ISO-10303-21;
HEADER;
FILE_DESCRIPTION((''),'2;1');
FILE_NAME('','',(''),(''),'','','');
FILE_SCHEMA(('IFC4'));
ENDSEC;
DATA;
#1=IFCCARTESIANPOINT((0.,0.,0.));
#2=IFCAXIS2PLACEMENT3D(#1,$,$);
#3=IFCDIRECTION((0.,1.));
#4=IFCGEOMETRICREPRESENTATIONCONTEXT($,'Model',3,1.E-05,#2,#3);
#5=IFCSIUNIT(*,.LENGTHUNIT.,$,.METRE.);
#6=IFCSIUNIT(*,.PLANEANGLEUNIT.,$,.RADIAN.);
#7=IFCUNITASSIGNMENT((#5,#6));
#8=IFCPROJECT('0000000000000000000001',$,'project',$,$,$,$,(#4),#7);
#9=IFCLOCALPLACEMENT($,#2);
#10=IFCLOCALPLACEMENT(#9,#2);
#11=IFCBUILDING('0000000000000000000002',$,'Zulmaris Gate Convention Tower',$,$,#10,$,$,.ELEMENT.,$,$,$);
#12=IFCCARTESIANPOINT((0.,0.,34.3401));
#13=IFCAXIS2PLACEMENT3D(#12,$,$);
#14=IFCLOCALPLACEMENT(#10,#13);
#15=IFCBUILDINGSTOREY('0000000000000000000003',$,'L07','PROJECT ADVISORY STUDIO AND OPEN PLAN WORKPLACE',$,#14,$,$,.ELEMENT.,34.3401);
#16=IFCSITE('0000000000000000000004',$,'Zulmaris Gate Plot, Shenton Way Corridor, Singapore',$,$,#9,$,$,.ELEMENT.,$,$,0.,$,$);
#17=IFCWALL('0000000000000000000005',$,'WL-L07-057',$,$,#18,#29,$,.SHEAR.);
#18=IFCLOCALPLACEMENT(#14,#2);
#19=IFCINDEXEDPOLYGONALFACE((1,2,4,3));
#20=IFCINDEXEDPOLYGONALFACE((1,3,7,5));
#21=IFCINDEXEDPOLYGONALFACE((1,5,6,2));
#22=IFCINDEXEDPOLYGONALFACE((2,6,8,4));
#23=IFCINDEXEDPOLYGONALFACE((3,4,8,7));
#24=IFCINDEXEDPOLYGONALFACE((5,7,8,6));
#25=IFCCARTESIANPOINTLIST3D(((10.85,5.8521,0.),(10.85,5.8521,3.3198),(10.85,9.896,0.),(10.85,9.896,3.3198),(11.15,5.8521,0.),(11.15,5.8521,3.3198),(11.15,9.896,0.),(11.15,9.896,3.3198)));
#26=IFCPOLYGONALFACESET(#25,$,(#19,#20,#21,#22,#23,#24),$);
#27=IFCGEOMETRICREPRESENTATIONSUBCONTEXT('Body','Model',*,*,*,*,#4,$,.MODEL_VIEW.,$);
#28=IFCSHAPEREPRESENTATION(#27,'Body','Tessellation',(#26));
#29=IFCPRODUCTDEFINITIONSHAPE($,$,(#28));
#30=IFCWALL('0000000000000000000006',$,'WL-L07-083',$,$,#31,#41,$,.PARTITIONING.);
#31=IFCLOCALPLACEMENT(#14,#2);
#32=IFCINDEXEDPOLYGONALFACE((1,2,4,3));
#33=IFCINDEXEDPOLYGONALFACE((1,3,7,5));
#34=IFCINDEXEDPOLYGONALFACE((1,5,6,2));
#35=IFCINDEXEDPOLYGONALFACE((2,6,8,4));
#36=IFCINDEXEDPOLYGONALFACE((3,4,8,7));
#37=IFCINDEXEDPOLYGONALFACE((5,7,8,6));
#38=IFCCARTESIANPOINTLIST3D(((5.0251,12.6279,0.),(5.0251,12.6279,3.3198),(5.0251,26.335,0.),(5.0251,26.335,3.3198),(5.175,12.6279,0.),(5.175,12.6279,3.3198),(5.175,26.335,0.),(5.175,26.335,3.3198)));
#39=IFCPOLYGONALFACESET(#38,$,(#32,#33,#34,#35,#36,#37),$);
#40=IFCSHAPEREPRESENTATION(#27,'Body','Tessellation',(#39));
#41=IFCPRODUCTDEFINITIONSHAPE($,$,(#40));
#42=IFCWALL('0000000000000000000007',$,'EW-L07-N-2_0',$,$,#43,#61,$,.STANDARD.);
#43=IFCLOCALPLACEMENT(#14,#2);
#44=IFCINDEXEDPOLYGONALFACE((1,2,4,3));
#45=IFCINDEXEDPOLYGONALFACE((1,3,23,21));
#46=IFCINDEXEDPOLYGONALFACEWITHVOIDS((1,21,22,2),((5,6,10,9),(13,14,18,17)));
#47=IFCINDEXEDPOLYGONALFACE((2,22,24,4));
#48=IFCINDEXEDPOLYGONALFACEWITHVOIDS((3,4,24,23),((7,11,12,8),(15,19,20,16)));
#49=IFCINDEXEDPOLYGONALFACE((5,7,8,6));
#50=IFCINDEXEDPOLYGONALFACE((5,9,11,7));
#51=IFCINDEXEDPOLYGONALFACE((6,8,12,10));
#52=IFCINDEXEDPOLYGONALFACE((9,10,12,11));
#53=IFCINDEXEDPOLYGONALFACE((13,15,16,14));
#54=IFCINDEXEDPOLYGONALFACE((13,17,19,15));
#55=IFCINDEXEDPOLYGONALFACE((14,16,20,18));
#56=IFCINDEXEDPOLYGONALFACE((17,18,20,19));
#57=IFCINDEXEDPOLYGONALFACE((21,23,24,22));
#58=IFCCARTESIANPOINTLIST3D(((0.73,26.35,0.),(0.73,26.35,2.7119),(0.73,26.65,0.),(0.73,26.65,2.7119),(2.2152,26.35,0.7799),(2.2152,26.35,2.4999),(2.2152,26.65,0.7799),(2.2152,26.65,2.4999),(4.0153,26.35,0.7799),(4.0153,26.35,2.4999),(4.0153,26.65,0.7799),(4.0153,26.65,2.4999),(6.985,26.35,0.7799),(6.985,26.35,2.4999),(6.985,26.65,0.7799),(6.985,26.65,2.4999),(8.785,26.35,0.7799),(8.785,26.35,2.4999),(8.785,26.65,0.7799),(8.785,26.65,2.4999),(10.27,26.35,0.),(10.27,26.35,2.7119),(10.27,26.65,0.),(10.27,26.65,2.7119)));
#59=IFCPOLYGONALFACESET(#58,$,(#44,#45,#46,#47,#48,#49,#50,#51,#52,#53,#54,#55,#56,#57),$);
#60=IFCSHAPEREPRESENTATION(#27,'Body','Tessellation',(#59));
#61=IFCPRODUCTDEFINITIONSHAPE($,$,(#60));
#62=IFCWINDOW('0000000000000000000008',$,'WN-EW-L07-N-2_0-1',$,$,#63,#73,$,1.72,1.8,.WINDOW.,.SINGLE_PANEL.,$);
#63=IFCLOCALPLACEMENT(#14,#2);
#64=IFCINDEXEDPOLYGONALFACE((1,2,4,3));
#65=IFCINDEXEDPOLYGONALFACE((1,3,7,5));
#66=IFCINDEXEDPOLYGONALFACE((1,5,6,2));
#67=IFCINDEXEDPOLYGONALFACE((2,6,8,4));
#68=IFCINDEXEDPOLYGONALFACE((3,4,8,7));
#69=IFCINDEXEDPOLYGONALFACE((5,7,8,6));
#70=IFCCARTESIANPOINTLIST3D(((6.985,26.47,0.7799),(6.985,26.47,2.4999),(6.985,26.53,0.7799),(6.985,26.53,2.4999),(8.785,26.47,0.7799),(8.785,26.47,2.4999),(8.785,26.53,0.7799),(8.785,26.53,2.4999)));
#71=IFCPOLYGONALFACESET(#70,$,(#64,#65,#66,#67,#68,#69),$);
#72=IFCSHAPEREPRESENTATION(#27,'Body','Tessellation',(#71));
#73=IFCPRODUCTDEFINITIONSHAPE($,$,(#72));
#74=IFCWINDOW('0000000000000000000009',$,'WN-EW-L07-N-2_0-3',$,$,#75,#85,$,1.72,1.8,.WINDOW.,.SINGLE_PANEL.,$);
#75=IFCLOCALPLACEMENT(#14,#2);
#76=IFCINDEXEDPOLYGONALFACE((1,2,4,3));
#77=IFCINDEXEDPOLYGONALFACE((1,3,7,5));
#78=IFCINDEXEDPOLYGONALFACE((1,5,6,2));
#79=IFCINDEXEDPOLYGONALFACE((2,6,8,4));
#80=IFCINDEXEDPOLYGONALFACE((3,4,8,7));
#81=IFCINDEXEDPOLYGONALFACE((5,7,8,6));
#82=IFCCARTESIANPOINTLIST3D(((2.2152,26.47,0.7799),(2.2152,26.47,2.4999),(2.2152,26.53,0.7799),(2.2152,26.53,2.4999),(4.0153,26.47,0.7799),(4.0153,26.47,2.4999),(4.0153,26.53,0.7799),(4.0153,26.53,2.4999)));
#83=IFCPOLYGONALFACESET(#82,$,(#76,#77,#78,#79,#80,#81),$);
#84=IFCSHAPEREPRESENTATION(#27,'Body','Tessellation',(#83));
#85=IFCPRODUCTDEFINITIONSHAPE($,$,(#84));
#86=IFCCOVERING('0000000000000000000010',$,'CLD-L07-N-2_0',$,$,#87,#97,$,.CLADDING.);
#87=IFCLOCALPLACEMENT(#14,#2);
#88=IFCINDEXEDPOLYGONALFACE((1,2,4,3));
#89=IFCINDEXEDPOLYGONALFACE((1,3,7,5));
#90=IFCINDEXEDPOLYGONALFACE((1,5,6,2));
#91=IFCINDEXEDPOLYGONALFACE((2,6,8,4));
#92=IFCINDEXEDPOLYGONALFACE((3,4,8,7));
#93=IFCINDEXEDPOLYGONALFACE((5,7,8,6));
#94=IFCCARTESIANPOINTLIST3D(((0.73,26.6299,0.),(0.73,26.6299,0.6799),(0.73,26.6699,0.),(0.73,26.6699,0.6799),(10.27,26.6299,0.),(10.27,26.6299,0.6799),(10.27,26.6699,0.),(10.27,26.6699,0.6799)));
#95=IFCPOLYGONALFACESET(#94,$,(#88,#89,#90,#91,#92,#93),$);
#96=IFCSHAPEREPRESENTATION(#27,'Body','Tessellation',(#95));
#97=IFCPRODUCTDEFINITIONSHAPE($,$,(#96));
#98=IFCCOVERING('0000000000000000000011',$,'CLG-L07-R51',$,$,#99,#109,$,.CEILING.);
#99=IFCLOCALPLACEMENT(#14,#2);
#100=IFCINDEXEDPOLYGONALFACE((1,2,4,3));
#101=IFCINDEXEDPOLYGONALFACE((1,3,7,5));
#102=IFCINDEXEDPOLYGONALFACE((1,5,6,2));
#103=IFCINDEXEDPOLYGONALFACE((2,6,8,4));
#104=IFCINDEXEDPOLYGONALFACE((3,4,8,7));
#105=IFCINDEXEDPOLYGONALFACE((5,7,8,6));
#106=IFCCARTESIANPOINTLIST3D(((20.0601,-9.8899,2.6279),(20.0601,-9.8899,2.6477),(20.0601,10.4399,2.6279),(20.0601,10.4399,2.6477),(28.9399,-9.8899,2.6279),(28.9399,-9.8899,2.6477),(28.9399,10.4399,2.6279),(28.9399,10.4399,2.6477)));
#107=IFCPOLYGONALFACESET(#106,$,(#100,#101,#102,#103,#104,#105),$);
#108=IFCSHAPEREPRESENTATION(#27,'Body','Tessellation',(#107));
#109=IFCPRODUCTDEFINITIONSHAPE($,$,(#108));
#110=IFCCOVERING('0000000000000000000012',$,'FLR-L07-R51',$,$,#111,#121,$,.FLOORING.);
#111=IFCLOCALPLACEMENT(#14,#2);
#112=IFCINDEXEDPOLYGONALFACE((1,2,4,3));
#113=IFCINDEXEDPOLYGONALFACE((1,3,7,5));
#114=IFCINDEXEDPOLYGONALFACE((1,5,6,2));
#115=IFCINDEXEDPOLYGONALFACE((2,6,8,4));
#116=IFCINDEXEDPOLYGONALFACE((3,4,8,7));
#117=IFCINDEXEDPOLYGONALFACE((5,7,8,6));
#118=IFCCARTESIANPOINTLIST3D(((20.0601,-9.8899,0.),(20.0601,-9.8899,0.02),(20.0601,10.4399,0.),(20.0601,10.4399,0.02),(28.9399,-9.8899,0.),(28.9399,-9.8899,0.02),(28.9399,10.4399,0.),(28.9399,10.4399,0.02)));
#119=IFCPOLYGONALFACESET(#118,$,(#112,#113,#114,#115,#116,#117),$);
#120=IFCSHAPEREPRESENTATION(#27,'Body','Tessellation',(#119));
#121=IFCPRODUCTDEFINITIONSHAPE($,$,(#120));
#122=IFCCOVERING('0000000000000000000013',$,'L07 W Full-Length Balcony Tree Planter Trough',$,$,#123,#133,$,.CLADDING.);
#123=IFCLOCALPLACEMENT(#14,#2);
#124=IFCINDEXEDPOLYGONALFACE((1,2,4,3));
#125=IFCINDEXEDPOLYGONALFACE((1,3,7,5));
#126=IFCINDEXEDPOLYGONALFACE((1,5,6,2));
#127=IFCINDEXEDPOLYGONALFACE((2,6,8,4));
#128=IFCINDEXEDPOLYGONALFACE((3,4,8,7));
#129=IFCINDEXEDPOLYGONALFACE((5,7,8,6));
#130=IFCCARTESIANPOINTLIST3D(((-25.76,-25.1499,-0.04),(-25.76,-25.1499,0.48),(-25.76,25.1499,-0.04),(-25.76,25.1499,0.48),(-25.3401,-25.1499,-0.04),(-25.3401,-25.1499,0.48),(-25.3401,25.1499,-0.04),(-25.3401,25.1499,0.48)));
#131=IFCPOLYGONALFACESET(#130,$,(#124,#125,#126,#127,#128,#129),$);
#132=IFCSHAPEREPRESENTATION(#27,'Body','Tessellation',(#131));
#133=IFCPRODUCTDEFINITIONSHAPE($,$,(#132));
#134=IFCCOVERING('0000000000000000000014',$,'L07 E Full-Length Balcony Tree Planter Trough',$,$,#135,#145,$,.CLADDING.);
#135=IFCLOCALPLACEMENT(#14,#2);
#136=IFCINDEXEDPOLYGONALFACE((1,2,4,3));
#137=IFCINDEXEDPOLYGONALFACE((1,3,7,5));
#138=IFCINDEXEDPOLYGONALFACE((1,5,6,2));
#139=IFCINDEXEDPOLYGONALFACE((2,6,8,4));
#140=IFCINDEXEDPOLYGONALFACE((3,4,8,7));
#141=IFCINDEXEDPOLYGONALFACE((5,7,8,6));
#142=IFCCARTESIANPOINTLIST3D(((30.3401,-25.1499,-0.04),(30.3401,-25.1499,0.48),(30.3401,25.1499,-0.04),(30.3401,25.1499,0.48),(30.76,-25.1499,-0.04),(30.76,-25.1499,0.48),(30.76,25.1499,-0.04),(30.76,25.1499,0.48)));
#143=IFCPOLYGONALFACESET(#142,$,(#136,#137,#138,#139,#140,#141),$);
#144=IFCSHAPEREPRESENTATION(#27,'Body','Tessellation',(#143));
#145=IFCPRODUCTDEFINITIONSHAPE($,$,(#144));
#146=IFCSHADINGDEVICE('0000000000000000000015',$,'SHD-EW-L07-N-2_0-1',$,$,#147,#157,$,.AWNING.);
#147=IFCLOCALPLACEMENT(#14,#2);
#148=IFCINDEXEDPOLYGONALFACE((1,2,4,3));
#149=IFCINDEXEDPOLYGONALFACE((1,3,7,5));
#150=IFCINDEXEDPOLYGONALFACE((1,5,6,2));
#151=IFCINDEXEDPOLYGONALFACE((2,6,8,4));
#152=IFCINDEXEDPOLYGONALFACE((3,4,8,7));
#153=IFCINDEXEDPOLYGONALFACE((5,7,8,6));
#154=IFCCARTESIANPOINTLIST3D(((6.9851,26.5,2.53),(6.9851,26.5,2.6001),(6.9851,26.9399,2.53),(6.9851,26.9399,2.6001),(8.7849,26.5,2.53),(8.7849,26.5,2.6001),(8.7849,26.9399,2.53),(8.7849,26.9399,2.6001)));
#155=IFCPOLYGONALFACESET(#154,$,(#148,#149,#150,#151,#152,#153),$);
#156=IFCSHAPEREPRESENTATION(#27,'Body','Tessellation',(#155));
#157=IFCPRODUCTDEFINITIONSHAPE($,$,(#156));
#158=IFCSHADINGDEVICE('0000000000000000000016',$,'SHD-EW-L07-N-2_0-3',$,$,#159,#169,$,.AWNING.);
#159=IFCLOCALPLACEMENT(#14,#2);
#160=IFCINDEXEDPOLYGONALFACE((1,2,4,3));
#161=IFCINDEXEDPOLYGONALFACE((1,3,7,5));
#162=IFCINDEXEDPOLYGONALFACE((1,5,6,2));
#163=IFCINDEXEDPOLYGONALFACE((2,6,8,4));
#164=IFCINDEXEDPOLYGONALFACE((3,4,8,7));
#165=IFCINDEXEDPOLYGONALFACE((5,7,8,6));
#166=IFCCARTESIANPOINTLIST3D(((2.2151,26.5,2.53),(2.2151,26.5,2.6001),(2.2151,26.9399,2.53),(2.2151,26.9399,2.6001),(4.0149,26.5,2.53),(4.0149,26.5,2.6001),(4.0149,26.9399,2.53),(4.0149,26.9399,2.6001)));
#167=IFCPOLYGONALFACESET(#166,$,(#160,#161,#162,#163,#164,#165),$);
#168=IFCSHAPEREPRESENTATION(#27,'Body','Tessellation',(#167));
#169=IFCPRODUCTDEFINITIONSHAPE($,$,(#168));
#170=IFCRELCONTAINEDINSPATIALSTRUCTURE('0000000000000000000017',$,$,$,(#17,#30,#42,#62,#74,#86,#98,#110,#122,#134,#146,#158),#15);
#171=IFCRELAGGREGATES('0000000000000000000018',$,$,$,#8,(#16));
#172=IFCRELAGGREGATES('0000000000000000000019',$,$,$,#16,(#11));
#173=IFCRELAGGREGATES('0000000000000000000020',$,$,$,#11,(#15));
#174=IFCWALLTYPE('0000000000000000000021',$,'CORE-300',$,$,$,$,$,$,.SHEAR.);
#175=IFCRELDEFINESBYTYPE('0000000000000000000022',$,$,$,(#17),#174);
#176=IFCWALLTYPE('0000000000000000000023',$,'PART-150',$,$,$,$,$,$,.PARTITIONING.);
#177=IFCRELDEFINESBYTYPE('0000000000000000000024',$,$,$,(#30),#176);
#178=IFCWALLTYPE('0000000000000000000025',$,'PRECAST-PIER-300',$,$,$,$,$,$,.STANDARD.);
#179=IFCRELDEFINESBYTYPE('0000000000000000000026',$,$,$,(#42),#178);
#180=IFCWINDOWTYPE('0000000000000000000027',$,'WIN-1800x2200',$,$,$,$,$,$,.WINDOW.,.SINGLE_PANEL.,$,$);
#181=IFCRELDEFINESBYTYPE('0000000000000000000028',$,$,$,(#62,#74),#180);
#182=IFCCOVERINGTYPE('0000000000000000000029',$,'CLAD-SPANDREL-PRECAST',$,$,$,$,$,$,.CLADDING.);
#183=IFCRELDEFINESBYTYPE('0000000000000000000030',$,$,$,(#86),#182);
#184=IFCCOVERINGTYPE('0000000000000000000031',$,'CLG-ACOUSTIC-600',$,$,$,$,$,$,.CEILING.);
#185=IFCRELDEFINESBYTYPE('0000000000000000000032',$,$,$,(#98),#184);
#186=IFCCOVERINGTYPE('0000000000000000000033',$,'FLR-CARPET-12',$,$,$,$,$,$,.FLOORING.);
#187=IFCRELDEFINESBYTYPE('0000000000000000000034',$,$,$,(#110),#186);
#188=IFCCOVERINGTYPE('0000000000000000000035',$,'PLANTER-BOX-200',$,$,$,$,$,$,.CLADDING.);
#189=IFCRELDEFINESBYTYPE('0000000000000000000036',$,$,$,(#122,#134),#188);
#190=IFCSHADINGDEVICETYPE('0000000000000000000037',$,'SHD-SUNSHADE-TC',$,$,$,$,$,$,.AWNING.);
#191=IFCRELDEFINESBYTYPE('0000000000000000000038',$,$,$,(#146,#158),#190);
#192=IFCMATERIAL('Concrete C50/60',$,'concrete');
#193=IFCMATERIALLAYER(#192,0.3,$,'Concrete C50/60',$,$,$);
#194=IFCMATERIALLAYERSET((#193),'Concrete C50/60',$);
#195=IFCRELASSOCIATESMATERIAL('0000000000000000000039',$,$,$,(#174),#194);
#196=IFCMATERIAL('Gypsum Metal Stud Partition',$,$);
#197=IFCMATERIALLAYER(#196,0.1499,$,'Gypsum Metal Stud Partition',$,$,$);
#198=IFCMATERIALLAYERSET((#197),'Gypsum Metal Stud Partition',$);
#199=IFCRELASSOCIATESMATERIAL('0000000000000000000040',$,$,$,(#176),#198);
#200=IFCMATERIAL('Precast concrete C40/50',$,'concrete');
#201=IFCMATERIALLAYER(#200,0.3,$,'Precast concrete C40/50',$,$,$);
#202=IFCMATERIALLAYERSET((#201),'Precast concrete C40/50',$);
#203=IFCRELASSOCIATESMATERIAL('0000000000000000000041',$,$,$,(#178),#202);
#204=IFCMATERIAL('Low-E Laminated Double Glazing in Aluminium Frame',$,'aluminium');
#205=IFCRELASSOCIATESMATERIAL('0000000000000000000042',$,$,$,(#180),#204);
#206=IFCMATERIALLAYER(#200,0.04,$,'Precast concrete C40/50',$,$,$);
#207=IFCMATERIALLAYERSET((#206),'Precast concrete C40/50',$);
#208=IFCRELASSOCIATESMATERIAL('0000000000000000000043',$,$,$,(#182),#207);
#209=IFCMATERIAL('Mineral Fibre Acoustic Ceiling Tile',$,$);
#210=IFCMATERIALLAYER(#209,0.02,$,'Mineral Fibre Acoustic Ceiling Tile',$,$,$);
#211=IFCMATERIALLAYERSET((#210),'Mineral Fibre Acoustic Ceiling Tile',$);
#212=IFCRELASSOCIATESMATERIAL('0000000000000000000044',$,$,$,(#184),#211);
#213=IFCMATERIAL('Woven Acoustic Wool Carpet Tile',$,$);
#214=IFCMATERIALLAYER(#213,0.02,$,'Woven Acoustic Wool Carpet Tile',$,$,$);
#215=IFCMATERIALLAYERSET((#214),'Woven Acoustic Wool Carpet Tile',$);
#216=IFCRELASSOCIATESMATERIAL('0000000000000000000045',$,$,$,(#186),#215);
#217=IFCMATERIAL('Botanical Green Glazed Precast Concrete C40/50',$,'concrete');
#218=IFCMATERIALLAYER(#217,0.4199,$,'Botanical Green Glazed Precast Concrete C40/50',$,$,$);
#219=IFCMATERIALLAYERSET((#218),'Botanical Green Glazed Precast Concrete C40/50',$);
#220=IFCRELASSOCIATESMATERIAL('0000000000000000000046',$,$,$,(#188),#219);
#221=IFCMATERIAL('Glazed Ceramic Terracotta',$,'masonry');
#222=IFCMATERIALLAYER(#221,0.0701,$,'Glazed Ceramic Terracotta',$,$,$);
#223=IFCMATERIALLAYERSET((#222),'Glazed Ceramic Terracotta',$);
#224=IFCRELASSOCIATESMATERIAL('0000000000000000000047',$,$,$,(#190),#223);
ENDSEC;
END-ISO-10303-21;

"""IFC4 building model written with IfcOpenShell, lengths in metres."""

from ifc_helpers import new_model, si_unit, direction, frame, frame_2d, origin, place, context, subcontext, project, spatial, polyline, rectangle, outline, extrude, material, layer, layer_set, type_object, element, fill, save


model = new_model("IFC4")

# Units and contexts
model_context = context("Model", 3, precision=1e-05, world=origin(), true_north=direction((0.0, 1.0)))
body_context = subcontext(model_context, "Body", "Model", "MODEL_VIEW")
ifc_project = project(units=[si_unit("LENGTHUNIT", "METRE"), si_unit("PLANEANGLEUNIT", "RADIAN")], contexts=[model_context])

# Site, building, storey
site_placement = place(None, origin())
site = spatial("IfcSite", under=ifc_project, at=site_placement, Name="Zulmaris Gate Plot, Shenton Way Corridor, Singapore", CompositionType="ELEMENT", RefElevation=0.0)
building_placement = place(site_placement, origin())
building = spatial("IfcBuilding", under=site, at=building_placement, Name="Zulmaris Gate Convention Tower", CompositionType="ELEMENT")
storey_placement = place(building_placement, frame((0.0, 0.0, 34.3401)))
storey = spatial("IfcBuildingStorey", under=building, at=storey_placement, Name="L07", Description="PROJECT ADVISORY STUDIO AND OPEN PLAN WORKPLACE", CompositionType="ELEMENT", Elevation=34.3401)

# Shared definitions
ifc_material_1 = material(Name="Concrete C50/60", Category="concrete")
ifc_layer_1 = layer(ifc_material_1, 0.3, Name="Concrete C50/60")
ifc_layer_set_1 = layer_set([ifc_layer_1], Name="Concrete C50/60")
wall_type_1 = type_object("IfcWallType", Name="CORE-300", PredefinedType="SHEAR", material=ifc_layer_set_1)

# Walls
wall_1_placement = place(storey_placement, frame((11.0, 5.8521, 0.0), z_axis=(0.0, 0.0, 1.0), x_axis=(0.0, 1.0, 0.0)))
element("IfcWall", 1, at=wall_1_placement, inside=storey, type_object=wall_type_1, Name="WL-L07-057", PredefinedType="SHEAR", context=body_context, shape_type="SweptSolid", body=[
    extrude(rectangle(XDim=4.0439, YDim=0.3, at=frame_2d((2.022, 0.0))), origin(), (0.0, 0.0, 1.0), 3.3198),
])
ifc_material_2 = material(Name="Gypsum Metal Stud Partition")
ifc_layer_2 = layer(ifc_material_2, 0.1499, Name="Gypsum Metal Stud Partition")
ifc_layer_set_2 = layer_set([ifc_layer_2], Name="Gypsum Metal Stud Partition")
wall_type_2 = type_object("IfcWallType", Name="PART-150", PredefinedType="PARTITIONING", material=ifc_layer_set_2)
wall_2_placement = place(storey_placement, frame((5.1001, 12.6279, 0.0), z_axis=(0.0, 0.0, 1.0), x_axis=(0.0, 1.0, 0.0)))
element("IfcWall", 2, at=wall_2_placement, inside=storey, type_object=wall_type_2, Name="WL-L07-083", PredefinedType="PARTITIONING", context=body_context, shape_type="SweptSolid", body=[
    extrude(rectangle(XDim=13.707, YDim=0.1499, at=frame_2d((6.8535, 0.0))), origin(), (0.0, 0.0, 1.0), 3.3198),
])

# Wall, openings, windows
ifc_material_3 = material(Name="Precast concrete C40/50", Category="concrete")
ifc_layer_3 = layer(ifc_material_3, 0.3, Name="Precast concrete C40/50")
ifc_layer_set_3 = layer_set([ifc_layer_3], Name="Precast concrete C40/50")
wall_type_3 = type_object("IfcWallType", Name="PRECAST-PIER-300", PredefinedType="STANDARD", material=ifc_layer_set_3)
wall_3_placement = place(storey_placement, frame((10.27, 26.5, 0.0), z_axis=(0.0, 0.0, 1.0), x_axis=(-1.0, 0.0, 0.0)))
wall_3 = element("IfcWall", 3, at=wall_3_placement, inside=storey, type_object=wall_type_3, Name="EW-L07-N-2_0", PredefinedType="STANDARD", context=body_context, shape_type="SweptSolid", body=[
    extrude(rectangle(XDim=9.54, YDim=0.3, at=frame_2d((4.77, 0.0))), origin(), (0.0, 0.0, 1.0), 2.7119),
])
opening_1_placement = place(wall_3_placement, frame((1.4851, 0.0, 0.78)))
opening_1 = element("IfcOpeningElement", 4, at=opening_1_placement, cuts=wall_3, PredefinedType="OPENING", context=body_context, shape_type="SweptSolid", body=[
    extrude(rectangle(XDim=1.8, YDim=1.72, at=frame_2d((0.8999, 0.8599))), frame((0.0, 0.1602, 0.0), z_axis=(0.0, -1.0, 0.0), x_axis=(1.0, 0.0, 0.0)), (0.0, 0.0, 1.0), 0.3201),
])
opening_2_placement = place(wall_3_placement, frame((6.2549, 0.0, 0.78)))
opening_2 = element("IfcOpeningElement", 5, at=opening_2_placement, cuts=wall_3, PredefinedType="OPENING", context=body_context, shape_type="SweptSolid", body=[
    extrude(rectangle(XDim=1.8, YDim=1.72, at=frame_2d((0.8999, 0.8599))), frame((0.0, 0.1602, 0.0), z_axis=(0.0, -1.0, 0.0), x_axis=(1.0, 0.0, 0.0)), (0.0, 0.0, 1.0), 0.3201),
])
ifc_material_4 = material(Name="Low-E Laminated Double Glazing in Aluminium Frame", Category="aluminium")
window_type = type_object("IfcWindowType", Name="WIN-1800x2200", PartitioningType="SINGLE_PANEL", PredefinedType="WINDOW", material=ifc_material_4)
window_1_placement = place(opening_1_placement, origin())
window_1 = element("IfcWindow", 6, at=window_1_placement, inside=storey, type_object=window_type, Name="WN-EW-L07-N-2_0-1", OverallHeight=1.72, OverallWidth=1.8, PartitioningType="SINGLE_PANEL", PredefinedType="WINDOW", context=body_context, shape_type="SweptSolid", body=[
    extrude(rectangle(XDim=1.8, YDim=1.72, at=frame_2d((0.8999, 0.8599))), frame((0.0, 0.03, 0.0), z_axis=(0.0, -1.0, 0.0), x_axis=(1.0, 0.0, 0.0)), (0.0, 0.0, 1.0), 0.0601),
])
fill(opening_1, window_1)
window_2_placement = place(opening_2_placement, origin())
window_2 = element("IfcWindow", 7, at=window_2_placement, inside=storey, type_object=window_type, Name="WN-EW-L07-N-2_0-3", OverallHeight=1.72, OverallWidth=1.8, PartitioningType="SINGLE_PANEL", PredefinedType="WINDOW", context=body_context, shape_type="SweptSolid", body=[
    extrude(rectangle(XDim=1.8, YDim=1.72, at=frame_2d((0.8999, 0.8599))), frame((0.0, 0.03, 0.0), z_axis=(0.0, -1.0, 0.0), x_axis=(1.0, 0.0, 0.0)), (0.0, 0.0, 1.0), 0.0601),
])
fill(opening_2, window_2)

# Coverings
ifc_layer_4 = layer(ifc_material_3, 0.04, Name="Precast concrete C40/50")
ifc_layer_set_4 = layer_set([ifc_layer_4], Name="Precast concrete C40/50")
covering_type_1 = type_object("IfcCoveringType", Name="CLAD-SPANDREL-PRECAST", PredefinedType="CLADDING", material=ifc_layer_set_4)
covering_1_placement = place(storey_placement, frame((10.27, 26.6499, 0.0), z_axis=(0.0, 0.0, 1.0), x_axis=(-1.0, 0.0, 0.0)))
element("IfcCovering", 8, at=covering_1_placement, inside=storey, type_object=covering_type_1, Name="CLD-L07-N-2_0", PredefinedType="CLADDING", context=body_context, shape_type="SweptSolid", body=[
    extrude(rectangle(XDim=9.54, YDim=0.04, at=frame_2d((4.77, 0.0))), origin(), (0.0, 0.0, 1.0), 0.6799),
])
ifc_material_5 = material(Name="Mineral Fibre Acoustic Ceiling Tile")
ifc_layer_5 = layer(ifc_material_5, 0.02, Name="Mineral Fibre Acoustic Ceiling Tile")
ifc_layer_set_5 = layer_set([ifc_layer_5], Name="Mineral Fibre Acoustic Ceiling Tile")
covering_type_2 = type_object("IfcCoveringType", Name="CLG-ACOUSTIC-600", PredefinedType="CEILING", material=ifc_layer_set_5)
covering_2_placement = place(storey_placement, frame((0.0, 0.0, 2.6279)))
element("IfcCovering", 9, at=covering_2_placement, inside=storey, type_object=covering_type_2, Name="CLG-L07-R51", PredefinedType="CEILING", context=body_context, shape_type="SweptSolid", body=[
    extrude(outline(polyline([(20.0601, -9.8899), (28.9399, -9.8899), (28.9399, 10.4399), (20.0601, 10.4399), (20.0601, -9.8899)])), origin(), (0.0, 0.0, 1.0), 0.0198),
])
ifc_material_6 = material(Name="Woven Acoustic Wool Carpet Tile")
ifc_layer_6 = layer(ifc_material_6, 0.02, Name="Woven Acoustic Wool Carpet Tile")
ifc_layer_set_6 = layer_set([ifc_layer_6], Name="Woven Acoustic Wool Carpet Tile")
covering_type_3 = type_object("IfcCoveringType", Name="FLR-CARPET-12", PredefinedType="FLOORING", material=ifc_layer_set_6)
covering_3_placement = place(storey_placement, origin())
element("IfcCovering", 10, at=covering_3_placement, inside=storey, type_object=covering_type_3, Name="FLR-L07-R51", PredefinedType="FLOORING", context=body_context, shape_type="SweptSolid", body=[
    extrude(outline(polyline([(20.0601, -9.8899), (28.9399, -9.8899), (28.9399, 10.4399), (20.0601, 10.4399), (20.0601, -9.8899)])), origin(), (0.0, 0.0, 1.0), 0.02),
])
ifc_material_7 = material(Name="Botanical Green Glazed Precast Concrete C40/50", Category="concrete")
ifc_layer_7 = layer(ifc_material_7, 0.4199, Name="Botanical Green Glazed Precast Concrete C40/50")
ifc_layer_set_7 = layer_set([ifc_layer_7], Name="Botanical Green Glazed Precast Concrete C40/50")
covering_type_4 = type_object("IfcCoveringType", Name="PLANTER-BOX-200", PredefinedType="CLADDING", material=ifc_layer_set_7)
covering_4_placement = place(storey_placement, frame((0.0, 0.0, -0.04)))
element("IfcCovering", 11, at=covering_4_placement, inside=storey, type_object=covering_type_4, Name="L07 W Full-Length Balcony Tree Planter Trough", PredefinedType="CLADDING", context=body_context, shape_type="SweptSolid", body=[
    extrude(outline(polyline([(-25.76, -25.1499), (-25.3401, -25.1499), (-25.3401, 25.1499), (-25.76, 25.1499), (-25.76, -25.1499)])), origin(), (0.0, 0.0, 1.0), 0.52),
])
covering_5_placement = place(storey_placement, frame((0.0, 0.0, -0.04)))
element("IfcCovering", 12, at=covering_5_placement, inside=storey, type_object=covering_type_4, Name="L07 E Full-Length Balcony Tree Planter Trough", PredefinedType="CLADDING", context=body_context, shape_type="SweptSolid", body=[
    extrude(outline(polyline([(30.3401, -25.1499), (30.76, -25.1499), (30.76, 25.1499), (30.3401, 25.1499), (30.3401, -25.1499)])), origin(), (0.0, 0.0, 1.0), 0.52),
])

# Shading devices
ifc_material_8 = material(Name="Glazed Ceramic Terracotta", Category="masonry")
ifc_layer_8 = layer(ifc_material_8, 0.0701, Name="Glazed Ceramic Terracotta")
ifc_layer_set_8 = layer_set([ifc_layer_8], Name="Glazed Ceramic Terracotta")
shading_device_type = type_object("IfcShadingDeviceType", Name="SHD-SUNSHADE-TC", PredefinedType="AWNING", material=ifc_layer_set_8)
for number, where, z_axis, x_axis, name in (
    (13, (8.7849, 26.72, 2.53), (0.0, 0.0, 1.0), (-1.0, 0.0, 0.0), "SHD-EW-L07-N-2_0-1"),
    (14, (4.0149, 26.72, 2.53), (0.0, 0.0, 1.0), (-1.0, 0.0, 0.0), "SHD-EW-L07-N-2_0-3"),
):
    element("IfcShadingDevice", number, at=place(storey_placement, frame(where, z_axis=z_axis, x_axis=x_axis)), inside=storey, type_object=shading_device_type, Name=name, PredefinedType="AWNING", context=body_context, shape_type="SweptSolid", body=[
        extrude(rectangle(XDim=1.7998, YDim=0.4399, at=frame_2d((0.8999, 0.0))), origin(), (0.0, 0.0, 1.0), 0.0701),
    ])

save(model, "model.ifc")
